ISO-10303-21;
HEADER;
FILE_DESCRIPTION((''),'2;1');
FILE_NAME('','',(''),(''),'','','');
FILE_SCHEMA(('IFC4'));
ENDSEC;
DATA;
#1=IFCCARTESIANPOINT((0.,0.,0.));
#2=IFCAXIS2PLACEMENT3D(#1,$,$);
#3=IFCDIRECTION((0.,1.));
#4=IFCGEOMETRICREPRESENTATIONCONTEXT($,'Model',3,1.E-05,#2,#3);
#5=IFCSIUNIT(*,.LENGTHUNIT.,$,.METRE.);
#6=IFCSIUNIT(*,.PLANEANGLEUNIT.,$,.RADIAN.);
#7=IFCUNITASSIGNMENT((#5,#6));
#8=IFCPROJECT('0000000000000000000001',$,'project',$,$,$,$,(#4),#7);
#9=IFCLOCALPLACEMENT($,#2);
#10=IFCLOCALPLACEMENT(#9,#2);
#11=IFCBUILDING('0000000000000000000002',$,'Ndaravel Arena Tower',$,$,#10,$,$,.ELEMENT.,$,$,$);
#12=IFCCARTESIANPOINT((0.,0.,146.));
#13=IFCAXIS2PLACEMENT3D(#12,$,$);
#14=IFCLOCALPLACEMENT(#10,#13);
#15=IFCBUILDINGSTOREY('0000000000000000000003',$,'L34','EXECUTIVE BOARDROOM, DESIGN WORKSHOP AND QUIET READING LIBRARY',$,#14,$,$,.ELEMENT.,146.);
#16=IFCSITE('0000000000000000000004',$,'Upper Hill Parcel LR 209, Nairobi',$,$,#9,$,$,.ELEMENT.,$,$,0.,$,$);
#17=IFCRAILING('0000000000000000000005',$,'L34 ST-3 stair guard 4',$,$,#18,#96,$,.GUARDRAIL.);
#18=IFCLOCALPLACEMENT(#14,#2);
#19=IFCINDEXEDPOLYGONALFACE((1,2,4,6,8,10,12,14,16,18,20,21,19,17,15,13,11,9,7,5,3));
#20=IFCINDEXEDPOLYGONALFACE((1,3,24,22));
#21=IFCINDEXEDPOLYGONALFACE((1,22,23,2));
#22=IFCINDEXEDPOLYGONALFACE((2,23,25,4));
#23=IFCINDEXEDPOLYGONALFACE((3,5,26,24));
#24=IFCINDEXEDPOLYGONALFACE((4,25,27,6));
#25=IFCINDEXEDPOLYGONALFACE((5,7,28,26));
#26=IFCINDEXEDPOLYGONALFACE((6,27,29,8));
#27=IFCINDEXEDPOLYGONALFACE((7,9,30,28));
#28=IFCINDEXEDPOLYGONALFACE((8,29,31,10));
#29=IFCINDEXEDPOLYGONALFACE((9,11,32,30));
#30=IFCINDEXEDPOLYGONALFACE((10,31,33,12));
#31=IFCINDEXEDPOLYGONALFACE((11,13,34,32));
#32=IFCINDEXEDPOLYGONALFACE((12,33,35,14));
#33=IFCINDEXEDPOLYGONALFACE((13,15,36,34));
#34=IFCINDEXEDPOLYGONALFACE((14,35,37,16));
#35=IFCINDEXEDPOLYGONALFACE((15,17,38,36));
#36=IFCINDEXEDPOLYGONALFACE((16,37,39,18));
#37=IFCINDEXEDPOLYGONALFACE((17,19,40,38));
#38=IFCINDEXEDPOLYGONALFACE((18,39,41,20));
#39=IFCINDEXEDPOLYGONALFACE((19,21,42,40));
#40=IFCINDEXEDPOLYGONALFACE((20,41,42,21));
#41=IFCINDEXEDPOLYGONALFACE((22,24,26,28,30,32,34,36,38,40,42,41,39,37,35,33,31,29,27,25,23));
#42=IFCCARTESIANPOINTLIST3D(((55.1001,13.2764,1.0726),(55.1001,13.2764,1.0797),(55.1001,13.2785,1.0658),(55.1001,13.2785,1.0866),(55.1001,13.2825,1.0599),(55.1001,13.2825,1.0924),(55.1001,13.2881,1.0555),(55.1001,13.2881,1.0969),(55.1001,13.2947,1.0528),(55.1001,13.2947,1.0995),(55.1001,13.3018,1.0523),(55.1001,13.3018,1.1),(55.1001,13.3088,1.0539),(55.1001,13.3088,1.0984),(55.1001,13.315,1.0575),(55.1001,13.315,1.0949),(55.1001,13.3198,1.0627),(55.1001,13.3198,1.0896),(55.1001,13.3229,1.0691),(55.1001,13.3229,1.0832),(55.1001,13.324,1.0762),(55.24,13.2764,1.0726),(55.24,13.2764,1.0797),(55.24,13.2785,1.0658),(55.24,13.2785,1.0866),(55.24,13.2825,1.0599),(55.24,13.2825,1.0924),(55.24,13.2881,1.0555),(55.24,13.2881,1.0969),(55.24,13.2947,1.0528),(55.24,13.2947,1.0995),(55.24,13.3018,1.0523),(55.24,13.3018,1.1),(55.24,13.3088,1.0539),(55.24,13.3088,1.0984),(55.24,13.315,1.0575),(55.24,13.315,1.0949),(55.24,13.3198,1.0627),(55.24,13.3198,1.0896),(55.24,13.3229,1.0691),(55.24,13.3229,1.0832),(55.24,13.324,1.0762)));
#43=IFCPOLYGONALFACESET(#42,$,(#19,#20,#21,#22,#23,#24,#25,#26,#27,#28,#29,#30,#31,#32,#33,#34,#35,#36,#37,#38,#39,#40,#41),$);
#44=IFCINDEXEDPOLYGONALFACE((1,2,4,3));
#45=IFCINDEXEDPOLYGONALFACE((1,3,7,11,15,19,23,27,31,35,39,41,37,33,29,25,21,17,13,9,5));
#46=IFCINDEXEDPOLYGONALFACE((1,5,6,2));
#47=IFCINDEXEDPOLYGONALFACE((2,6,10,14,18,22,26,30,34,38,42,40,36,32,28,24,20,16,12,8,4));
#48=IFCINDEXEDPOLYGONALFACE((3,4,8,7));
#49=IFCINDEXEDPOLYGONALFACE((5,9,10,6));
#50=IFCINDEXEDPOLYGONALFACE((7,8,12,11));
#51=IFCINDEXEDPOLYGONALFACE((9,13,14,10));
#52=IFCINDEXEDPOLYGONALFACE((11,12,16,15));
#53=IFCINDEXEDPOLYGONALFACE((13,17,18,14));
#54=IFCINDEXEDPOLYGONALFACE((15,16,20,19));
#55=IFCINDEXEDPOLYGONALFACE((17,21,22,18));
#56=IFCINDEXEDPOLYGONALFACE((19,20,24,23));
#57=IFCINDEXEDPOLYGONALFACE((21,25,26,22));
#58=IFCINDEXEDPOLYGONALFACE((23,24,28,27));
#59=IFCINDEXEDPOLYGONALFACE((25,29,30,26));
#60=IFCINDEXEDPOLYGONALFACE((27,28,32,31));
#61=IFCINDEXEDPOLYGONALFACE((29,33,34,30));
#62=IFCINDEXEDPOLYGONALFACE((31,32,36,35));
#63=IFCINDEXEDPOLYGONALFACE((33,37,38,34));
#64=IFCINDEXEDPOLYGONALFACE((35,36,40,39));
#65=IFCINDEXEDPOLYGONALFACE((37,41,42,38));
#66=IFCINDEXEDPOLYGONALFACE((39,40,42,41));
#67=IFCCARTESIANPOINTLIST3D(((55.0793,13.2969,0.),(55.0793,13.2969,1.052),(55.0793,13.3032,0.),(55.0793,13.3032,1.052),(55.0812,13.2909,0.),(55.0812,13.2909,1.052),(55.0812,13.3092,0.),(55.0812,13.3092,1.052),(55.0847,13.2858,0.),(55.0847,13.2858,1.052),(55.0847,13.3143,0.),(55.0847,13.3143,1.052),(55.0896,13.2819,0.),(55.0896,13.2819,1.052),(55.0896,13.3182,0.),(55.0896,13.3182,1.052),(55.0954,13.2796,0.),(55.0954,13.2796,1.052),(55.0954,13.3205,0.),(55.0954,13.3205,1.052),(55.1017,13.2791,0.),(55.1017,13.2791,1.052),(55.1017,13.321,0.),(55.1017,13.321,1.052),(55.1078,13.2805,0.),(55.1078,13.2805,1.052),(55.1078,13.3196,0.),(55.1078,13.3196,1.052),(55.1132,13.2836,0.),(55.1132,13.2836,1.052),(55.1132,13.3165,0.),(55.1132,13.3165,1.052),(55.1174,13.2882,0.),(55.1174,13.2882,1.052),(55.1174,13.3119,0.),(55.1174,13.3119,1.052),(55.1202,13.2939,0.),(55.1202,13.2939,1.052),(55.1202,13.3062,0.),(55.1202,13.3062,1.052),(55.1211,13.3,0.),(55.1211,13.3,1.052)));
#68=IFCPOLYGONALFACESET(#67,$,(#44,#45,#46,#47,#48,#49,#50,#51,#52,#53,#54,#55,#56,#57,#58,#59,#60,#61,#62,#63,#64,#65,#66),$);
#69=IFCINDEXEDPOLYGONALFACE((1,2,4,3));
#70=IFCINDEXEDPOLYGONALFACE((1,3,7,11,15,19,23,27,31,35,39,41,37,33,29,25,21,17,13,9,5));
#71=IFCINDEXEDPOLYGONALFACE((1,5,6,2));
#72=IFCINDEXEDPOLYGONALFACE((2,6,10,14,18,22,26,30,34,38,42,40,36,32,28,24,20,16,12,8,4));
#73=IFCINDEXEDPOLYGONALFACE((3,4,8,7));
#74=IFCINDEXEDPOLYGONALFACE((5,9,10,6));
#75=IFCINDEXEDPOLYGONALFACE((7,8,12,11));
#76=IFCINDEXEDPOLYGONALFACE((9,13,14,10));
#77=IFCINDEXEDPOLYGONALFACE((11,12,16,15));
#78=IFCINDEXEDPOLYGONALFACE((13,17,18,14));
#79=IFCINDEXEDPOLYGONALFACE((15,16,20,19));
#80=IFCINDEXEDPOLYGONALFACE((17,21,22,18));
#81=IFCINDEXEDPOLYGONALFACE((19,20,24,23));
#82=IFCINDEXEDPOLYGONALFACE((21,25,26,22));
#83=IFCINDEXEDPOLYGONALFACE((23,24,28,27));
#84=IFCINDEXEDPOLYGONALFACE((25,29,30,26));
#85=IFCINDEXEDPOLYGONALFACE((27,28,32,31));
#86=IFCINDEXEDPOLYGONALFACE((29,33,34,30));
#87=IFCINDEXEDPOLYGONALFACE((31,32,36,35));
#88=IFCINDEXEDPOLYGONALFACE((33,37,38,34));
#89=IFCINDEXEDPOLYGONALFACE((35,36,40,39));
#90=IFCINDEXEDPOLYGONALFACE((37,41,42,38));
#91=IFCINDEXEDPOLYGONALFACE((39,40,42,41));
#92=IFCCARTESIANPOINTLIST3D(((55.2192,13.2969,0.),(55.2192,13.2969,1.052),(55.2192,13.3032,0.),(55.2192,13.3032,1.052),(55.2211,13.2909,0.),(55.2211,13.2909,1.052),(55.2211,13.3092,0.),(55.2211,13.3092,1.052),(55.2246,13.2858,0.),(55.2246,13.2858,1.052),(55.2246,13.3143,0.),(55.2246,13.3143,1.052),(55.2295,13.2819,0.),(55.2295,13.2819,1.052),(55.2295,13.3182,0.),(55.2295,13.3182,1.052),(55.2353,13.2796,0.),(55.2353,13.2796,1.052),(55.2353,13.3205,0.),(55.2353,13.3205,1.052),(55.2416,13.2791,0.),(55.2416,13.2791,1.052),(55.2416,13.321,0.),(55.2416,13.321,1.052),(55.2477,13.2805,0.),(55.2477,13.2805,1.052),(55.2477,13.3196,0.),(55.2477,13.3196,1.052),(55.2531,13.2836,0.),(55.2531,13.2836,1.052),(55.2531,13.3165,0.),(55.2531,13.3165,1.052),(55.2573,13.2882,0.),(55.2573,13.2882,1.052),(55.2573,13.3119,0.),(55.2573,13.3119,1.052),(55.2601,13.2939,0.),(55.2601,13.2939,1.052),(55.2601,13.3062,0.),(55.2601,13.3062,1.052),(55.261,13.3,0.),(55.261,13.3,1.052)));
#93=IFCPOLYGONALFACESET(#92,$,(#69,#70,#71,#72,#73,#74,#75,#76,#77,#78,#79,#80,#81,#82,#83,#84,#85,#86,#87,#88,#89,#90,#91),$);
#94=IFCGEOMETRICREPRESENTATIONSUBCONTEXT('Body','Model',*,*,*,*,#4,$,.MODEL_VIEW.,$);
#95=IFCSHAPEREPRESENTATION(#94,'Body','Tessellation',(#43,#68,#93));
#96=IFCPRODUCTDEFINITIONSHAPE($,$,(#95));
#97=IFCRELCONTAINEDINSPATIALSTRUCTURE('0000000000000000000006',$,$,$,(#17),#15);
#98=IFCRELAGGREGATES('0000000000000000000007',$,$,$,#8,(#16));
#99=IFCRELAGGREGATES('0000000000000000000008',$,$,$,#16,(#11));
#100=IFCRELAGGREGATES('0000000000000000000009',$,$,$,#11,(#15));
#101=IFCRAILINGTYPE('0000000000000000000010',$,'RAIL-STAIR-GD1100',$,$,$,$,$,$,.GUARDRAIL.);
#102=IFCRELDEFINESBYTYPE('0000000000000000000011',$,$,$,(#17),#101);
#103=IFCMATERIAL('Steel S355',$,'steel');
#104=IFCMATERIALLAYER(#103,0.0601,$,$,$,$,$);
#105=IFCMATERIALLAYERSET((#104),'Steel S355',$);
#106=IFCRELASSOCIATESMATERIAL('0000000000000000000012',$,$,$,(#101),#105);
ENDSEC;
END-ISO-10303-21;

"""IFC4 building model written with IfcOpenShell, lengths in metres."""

from ifc_helpers import new_model, si_unit, direction, frame, origin, origin_2d, place, context, subcontext, project, spatial, circle, extrude, material, layer, layer_set, type_object, element, save


model = new_model("IFC4")

# Units and contexts
model_context = context("Model", 3, precision=1e-05, world=origin(), true_north=direction((0.0, 1.0)))
body_context = subcontext(model_context, "Body", "Model", "MODEL_VIEW")
ifc_project = project(units=[si_unit("LENGTHUNIT", "METRE"), si_unit("PLANEANGLEUNIT", "RADIAN")], contexts=[model_context])

# Site, building, storey
site_placement = place(None, origin())
site = spatial("IfcSite", under=ifc_project, at=site_placement, Name="Upper Hill Parcel LR 209, Nairobi", CompositionType="ELEMENT", RefElevation=0.0)
building_placement = place(site_placement, origin())
building = spatial("IfcBuilding", under=site, at=building_placement, Name="Ndaravel Arena Tower", CompositionType="ELEMENT")
storey_placement = place(building_placement, frame((0.0, 0.0, 146.0)))
storey = spatial("IfcBuildingStorey", under=building, at=storey_placement, Name="L34", Description="EXECUTIVE BOARDROOM, DESIGN WORKSHOP AND QUIET READING LIBRARY", CompositionType="ELEMENT", Elevation=146.0)

# Railing
ifc_material_1 = material(Name="Steel S355", Category="steel")
ifc_layer_1 = layer(ifc_material_1, 0.0601)
ifc_layer_set_1 = layer_set([ifc_layer_1], Name="Steel S355")
railing_type_1 = type_object("IfcRailingType", Name="RAIL-STAIR-GD1100", PredefinedType="GUARDRAIL", material=ifc_layer_set_1)
railing_1_placement = place(storey_placement, frame((55.1001, 13.3, 0.0)))
element("IfcRailing", 1, at=railing_1_placement, inside=storey, type_object=railing_type_1, Name="L34 ST-3 stair guard 4", PredefinedType="GUARDRAIL", context=body_context, shape_type="SweptSolid", body=[
    extrude(circle(Radius=0.0239, at=origin_2d()), frame((0.0, 0.0, 1.0762), z_axis=(1.0, 0.0, 0.0), x_axis=(0.0, 1.0, 0.0)), (0.0, 0.0, 1.0), 0.1399),
    extrude(circle(Radius=0.021, at=origin_2d()), origin(), (0.0, 0.0, 1.0), 1.052),
    extrude(circle(Radius=0.021, at=origin_2d()), frame((0.1399, 0.0, 0.0)), (0.0, 0.0, 1.0), 1.052),
])

save(model, "model.ifc")
